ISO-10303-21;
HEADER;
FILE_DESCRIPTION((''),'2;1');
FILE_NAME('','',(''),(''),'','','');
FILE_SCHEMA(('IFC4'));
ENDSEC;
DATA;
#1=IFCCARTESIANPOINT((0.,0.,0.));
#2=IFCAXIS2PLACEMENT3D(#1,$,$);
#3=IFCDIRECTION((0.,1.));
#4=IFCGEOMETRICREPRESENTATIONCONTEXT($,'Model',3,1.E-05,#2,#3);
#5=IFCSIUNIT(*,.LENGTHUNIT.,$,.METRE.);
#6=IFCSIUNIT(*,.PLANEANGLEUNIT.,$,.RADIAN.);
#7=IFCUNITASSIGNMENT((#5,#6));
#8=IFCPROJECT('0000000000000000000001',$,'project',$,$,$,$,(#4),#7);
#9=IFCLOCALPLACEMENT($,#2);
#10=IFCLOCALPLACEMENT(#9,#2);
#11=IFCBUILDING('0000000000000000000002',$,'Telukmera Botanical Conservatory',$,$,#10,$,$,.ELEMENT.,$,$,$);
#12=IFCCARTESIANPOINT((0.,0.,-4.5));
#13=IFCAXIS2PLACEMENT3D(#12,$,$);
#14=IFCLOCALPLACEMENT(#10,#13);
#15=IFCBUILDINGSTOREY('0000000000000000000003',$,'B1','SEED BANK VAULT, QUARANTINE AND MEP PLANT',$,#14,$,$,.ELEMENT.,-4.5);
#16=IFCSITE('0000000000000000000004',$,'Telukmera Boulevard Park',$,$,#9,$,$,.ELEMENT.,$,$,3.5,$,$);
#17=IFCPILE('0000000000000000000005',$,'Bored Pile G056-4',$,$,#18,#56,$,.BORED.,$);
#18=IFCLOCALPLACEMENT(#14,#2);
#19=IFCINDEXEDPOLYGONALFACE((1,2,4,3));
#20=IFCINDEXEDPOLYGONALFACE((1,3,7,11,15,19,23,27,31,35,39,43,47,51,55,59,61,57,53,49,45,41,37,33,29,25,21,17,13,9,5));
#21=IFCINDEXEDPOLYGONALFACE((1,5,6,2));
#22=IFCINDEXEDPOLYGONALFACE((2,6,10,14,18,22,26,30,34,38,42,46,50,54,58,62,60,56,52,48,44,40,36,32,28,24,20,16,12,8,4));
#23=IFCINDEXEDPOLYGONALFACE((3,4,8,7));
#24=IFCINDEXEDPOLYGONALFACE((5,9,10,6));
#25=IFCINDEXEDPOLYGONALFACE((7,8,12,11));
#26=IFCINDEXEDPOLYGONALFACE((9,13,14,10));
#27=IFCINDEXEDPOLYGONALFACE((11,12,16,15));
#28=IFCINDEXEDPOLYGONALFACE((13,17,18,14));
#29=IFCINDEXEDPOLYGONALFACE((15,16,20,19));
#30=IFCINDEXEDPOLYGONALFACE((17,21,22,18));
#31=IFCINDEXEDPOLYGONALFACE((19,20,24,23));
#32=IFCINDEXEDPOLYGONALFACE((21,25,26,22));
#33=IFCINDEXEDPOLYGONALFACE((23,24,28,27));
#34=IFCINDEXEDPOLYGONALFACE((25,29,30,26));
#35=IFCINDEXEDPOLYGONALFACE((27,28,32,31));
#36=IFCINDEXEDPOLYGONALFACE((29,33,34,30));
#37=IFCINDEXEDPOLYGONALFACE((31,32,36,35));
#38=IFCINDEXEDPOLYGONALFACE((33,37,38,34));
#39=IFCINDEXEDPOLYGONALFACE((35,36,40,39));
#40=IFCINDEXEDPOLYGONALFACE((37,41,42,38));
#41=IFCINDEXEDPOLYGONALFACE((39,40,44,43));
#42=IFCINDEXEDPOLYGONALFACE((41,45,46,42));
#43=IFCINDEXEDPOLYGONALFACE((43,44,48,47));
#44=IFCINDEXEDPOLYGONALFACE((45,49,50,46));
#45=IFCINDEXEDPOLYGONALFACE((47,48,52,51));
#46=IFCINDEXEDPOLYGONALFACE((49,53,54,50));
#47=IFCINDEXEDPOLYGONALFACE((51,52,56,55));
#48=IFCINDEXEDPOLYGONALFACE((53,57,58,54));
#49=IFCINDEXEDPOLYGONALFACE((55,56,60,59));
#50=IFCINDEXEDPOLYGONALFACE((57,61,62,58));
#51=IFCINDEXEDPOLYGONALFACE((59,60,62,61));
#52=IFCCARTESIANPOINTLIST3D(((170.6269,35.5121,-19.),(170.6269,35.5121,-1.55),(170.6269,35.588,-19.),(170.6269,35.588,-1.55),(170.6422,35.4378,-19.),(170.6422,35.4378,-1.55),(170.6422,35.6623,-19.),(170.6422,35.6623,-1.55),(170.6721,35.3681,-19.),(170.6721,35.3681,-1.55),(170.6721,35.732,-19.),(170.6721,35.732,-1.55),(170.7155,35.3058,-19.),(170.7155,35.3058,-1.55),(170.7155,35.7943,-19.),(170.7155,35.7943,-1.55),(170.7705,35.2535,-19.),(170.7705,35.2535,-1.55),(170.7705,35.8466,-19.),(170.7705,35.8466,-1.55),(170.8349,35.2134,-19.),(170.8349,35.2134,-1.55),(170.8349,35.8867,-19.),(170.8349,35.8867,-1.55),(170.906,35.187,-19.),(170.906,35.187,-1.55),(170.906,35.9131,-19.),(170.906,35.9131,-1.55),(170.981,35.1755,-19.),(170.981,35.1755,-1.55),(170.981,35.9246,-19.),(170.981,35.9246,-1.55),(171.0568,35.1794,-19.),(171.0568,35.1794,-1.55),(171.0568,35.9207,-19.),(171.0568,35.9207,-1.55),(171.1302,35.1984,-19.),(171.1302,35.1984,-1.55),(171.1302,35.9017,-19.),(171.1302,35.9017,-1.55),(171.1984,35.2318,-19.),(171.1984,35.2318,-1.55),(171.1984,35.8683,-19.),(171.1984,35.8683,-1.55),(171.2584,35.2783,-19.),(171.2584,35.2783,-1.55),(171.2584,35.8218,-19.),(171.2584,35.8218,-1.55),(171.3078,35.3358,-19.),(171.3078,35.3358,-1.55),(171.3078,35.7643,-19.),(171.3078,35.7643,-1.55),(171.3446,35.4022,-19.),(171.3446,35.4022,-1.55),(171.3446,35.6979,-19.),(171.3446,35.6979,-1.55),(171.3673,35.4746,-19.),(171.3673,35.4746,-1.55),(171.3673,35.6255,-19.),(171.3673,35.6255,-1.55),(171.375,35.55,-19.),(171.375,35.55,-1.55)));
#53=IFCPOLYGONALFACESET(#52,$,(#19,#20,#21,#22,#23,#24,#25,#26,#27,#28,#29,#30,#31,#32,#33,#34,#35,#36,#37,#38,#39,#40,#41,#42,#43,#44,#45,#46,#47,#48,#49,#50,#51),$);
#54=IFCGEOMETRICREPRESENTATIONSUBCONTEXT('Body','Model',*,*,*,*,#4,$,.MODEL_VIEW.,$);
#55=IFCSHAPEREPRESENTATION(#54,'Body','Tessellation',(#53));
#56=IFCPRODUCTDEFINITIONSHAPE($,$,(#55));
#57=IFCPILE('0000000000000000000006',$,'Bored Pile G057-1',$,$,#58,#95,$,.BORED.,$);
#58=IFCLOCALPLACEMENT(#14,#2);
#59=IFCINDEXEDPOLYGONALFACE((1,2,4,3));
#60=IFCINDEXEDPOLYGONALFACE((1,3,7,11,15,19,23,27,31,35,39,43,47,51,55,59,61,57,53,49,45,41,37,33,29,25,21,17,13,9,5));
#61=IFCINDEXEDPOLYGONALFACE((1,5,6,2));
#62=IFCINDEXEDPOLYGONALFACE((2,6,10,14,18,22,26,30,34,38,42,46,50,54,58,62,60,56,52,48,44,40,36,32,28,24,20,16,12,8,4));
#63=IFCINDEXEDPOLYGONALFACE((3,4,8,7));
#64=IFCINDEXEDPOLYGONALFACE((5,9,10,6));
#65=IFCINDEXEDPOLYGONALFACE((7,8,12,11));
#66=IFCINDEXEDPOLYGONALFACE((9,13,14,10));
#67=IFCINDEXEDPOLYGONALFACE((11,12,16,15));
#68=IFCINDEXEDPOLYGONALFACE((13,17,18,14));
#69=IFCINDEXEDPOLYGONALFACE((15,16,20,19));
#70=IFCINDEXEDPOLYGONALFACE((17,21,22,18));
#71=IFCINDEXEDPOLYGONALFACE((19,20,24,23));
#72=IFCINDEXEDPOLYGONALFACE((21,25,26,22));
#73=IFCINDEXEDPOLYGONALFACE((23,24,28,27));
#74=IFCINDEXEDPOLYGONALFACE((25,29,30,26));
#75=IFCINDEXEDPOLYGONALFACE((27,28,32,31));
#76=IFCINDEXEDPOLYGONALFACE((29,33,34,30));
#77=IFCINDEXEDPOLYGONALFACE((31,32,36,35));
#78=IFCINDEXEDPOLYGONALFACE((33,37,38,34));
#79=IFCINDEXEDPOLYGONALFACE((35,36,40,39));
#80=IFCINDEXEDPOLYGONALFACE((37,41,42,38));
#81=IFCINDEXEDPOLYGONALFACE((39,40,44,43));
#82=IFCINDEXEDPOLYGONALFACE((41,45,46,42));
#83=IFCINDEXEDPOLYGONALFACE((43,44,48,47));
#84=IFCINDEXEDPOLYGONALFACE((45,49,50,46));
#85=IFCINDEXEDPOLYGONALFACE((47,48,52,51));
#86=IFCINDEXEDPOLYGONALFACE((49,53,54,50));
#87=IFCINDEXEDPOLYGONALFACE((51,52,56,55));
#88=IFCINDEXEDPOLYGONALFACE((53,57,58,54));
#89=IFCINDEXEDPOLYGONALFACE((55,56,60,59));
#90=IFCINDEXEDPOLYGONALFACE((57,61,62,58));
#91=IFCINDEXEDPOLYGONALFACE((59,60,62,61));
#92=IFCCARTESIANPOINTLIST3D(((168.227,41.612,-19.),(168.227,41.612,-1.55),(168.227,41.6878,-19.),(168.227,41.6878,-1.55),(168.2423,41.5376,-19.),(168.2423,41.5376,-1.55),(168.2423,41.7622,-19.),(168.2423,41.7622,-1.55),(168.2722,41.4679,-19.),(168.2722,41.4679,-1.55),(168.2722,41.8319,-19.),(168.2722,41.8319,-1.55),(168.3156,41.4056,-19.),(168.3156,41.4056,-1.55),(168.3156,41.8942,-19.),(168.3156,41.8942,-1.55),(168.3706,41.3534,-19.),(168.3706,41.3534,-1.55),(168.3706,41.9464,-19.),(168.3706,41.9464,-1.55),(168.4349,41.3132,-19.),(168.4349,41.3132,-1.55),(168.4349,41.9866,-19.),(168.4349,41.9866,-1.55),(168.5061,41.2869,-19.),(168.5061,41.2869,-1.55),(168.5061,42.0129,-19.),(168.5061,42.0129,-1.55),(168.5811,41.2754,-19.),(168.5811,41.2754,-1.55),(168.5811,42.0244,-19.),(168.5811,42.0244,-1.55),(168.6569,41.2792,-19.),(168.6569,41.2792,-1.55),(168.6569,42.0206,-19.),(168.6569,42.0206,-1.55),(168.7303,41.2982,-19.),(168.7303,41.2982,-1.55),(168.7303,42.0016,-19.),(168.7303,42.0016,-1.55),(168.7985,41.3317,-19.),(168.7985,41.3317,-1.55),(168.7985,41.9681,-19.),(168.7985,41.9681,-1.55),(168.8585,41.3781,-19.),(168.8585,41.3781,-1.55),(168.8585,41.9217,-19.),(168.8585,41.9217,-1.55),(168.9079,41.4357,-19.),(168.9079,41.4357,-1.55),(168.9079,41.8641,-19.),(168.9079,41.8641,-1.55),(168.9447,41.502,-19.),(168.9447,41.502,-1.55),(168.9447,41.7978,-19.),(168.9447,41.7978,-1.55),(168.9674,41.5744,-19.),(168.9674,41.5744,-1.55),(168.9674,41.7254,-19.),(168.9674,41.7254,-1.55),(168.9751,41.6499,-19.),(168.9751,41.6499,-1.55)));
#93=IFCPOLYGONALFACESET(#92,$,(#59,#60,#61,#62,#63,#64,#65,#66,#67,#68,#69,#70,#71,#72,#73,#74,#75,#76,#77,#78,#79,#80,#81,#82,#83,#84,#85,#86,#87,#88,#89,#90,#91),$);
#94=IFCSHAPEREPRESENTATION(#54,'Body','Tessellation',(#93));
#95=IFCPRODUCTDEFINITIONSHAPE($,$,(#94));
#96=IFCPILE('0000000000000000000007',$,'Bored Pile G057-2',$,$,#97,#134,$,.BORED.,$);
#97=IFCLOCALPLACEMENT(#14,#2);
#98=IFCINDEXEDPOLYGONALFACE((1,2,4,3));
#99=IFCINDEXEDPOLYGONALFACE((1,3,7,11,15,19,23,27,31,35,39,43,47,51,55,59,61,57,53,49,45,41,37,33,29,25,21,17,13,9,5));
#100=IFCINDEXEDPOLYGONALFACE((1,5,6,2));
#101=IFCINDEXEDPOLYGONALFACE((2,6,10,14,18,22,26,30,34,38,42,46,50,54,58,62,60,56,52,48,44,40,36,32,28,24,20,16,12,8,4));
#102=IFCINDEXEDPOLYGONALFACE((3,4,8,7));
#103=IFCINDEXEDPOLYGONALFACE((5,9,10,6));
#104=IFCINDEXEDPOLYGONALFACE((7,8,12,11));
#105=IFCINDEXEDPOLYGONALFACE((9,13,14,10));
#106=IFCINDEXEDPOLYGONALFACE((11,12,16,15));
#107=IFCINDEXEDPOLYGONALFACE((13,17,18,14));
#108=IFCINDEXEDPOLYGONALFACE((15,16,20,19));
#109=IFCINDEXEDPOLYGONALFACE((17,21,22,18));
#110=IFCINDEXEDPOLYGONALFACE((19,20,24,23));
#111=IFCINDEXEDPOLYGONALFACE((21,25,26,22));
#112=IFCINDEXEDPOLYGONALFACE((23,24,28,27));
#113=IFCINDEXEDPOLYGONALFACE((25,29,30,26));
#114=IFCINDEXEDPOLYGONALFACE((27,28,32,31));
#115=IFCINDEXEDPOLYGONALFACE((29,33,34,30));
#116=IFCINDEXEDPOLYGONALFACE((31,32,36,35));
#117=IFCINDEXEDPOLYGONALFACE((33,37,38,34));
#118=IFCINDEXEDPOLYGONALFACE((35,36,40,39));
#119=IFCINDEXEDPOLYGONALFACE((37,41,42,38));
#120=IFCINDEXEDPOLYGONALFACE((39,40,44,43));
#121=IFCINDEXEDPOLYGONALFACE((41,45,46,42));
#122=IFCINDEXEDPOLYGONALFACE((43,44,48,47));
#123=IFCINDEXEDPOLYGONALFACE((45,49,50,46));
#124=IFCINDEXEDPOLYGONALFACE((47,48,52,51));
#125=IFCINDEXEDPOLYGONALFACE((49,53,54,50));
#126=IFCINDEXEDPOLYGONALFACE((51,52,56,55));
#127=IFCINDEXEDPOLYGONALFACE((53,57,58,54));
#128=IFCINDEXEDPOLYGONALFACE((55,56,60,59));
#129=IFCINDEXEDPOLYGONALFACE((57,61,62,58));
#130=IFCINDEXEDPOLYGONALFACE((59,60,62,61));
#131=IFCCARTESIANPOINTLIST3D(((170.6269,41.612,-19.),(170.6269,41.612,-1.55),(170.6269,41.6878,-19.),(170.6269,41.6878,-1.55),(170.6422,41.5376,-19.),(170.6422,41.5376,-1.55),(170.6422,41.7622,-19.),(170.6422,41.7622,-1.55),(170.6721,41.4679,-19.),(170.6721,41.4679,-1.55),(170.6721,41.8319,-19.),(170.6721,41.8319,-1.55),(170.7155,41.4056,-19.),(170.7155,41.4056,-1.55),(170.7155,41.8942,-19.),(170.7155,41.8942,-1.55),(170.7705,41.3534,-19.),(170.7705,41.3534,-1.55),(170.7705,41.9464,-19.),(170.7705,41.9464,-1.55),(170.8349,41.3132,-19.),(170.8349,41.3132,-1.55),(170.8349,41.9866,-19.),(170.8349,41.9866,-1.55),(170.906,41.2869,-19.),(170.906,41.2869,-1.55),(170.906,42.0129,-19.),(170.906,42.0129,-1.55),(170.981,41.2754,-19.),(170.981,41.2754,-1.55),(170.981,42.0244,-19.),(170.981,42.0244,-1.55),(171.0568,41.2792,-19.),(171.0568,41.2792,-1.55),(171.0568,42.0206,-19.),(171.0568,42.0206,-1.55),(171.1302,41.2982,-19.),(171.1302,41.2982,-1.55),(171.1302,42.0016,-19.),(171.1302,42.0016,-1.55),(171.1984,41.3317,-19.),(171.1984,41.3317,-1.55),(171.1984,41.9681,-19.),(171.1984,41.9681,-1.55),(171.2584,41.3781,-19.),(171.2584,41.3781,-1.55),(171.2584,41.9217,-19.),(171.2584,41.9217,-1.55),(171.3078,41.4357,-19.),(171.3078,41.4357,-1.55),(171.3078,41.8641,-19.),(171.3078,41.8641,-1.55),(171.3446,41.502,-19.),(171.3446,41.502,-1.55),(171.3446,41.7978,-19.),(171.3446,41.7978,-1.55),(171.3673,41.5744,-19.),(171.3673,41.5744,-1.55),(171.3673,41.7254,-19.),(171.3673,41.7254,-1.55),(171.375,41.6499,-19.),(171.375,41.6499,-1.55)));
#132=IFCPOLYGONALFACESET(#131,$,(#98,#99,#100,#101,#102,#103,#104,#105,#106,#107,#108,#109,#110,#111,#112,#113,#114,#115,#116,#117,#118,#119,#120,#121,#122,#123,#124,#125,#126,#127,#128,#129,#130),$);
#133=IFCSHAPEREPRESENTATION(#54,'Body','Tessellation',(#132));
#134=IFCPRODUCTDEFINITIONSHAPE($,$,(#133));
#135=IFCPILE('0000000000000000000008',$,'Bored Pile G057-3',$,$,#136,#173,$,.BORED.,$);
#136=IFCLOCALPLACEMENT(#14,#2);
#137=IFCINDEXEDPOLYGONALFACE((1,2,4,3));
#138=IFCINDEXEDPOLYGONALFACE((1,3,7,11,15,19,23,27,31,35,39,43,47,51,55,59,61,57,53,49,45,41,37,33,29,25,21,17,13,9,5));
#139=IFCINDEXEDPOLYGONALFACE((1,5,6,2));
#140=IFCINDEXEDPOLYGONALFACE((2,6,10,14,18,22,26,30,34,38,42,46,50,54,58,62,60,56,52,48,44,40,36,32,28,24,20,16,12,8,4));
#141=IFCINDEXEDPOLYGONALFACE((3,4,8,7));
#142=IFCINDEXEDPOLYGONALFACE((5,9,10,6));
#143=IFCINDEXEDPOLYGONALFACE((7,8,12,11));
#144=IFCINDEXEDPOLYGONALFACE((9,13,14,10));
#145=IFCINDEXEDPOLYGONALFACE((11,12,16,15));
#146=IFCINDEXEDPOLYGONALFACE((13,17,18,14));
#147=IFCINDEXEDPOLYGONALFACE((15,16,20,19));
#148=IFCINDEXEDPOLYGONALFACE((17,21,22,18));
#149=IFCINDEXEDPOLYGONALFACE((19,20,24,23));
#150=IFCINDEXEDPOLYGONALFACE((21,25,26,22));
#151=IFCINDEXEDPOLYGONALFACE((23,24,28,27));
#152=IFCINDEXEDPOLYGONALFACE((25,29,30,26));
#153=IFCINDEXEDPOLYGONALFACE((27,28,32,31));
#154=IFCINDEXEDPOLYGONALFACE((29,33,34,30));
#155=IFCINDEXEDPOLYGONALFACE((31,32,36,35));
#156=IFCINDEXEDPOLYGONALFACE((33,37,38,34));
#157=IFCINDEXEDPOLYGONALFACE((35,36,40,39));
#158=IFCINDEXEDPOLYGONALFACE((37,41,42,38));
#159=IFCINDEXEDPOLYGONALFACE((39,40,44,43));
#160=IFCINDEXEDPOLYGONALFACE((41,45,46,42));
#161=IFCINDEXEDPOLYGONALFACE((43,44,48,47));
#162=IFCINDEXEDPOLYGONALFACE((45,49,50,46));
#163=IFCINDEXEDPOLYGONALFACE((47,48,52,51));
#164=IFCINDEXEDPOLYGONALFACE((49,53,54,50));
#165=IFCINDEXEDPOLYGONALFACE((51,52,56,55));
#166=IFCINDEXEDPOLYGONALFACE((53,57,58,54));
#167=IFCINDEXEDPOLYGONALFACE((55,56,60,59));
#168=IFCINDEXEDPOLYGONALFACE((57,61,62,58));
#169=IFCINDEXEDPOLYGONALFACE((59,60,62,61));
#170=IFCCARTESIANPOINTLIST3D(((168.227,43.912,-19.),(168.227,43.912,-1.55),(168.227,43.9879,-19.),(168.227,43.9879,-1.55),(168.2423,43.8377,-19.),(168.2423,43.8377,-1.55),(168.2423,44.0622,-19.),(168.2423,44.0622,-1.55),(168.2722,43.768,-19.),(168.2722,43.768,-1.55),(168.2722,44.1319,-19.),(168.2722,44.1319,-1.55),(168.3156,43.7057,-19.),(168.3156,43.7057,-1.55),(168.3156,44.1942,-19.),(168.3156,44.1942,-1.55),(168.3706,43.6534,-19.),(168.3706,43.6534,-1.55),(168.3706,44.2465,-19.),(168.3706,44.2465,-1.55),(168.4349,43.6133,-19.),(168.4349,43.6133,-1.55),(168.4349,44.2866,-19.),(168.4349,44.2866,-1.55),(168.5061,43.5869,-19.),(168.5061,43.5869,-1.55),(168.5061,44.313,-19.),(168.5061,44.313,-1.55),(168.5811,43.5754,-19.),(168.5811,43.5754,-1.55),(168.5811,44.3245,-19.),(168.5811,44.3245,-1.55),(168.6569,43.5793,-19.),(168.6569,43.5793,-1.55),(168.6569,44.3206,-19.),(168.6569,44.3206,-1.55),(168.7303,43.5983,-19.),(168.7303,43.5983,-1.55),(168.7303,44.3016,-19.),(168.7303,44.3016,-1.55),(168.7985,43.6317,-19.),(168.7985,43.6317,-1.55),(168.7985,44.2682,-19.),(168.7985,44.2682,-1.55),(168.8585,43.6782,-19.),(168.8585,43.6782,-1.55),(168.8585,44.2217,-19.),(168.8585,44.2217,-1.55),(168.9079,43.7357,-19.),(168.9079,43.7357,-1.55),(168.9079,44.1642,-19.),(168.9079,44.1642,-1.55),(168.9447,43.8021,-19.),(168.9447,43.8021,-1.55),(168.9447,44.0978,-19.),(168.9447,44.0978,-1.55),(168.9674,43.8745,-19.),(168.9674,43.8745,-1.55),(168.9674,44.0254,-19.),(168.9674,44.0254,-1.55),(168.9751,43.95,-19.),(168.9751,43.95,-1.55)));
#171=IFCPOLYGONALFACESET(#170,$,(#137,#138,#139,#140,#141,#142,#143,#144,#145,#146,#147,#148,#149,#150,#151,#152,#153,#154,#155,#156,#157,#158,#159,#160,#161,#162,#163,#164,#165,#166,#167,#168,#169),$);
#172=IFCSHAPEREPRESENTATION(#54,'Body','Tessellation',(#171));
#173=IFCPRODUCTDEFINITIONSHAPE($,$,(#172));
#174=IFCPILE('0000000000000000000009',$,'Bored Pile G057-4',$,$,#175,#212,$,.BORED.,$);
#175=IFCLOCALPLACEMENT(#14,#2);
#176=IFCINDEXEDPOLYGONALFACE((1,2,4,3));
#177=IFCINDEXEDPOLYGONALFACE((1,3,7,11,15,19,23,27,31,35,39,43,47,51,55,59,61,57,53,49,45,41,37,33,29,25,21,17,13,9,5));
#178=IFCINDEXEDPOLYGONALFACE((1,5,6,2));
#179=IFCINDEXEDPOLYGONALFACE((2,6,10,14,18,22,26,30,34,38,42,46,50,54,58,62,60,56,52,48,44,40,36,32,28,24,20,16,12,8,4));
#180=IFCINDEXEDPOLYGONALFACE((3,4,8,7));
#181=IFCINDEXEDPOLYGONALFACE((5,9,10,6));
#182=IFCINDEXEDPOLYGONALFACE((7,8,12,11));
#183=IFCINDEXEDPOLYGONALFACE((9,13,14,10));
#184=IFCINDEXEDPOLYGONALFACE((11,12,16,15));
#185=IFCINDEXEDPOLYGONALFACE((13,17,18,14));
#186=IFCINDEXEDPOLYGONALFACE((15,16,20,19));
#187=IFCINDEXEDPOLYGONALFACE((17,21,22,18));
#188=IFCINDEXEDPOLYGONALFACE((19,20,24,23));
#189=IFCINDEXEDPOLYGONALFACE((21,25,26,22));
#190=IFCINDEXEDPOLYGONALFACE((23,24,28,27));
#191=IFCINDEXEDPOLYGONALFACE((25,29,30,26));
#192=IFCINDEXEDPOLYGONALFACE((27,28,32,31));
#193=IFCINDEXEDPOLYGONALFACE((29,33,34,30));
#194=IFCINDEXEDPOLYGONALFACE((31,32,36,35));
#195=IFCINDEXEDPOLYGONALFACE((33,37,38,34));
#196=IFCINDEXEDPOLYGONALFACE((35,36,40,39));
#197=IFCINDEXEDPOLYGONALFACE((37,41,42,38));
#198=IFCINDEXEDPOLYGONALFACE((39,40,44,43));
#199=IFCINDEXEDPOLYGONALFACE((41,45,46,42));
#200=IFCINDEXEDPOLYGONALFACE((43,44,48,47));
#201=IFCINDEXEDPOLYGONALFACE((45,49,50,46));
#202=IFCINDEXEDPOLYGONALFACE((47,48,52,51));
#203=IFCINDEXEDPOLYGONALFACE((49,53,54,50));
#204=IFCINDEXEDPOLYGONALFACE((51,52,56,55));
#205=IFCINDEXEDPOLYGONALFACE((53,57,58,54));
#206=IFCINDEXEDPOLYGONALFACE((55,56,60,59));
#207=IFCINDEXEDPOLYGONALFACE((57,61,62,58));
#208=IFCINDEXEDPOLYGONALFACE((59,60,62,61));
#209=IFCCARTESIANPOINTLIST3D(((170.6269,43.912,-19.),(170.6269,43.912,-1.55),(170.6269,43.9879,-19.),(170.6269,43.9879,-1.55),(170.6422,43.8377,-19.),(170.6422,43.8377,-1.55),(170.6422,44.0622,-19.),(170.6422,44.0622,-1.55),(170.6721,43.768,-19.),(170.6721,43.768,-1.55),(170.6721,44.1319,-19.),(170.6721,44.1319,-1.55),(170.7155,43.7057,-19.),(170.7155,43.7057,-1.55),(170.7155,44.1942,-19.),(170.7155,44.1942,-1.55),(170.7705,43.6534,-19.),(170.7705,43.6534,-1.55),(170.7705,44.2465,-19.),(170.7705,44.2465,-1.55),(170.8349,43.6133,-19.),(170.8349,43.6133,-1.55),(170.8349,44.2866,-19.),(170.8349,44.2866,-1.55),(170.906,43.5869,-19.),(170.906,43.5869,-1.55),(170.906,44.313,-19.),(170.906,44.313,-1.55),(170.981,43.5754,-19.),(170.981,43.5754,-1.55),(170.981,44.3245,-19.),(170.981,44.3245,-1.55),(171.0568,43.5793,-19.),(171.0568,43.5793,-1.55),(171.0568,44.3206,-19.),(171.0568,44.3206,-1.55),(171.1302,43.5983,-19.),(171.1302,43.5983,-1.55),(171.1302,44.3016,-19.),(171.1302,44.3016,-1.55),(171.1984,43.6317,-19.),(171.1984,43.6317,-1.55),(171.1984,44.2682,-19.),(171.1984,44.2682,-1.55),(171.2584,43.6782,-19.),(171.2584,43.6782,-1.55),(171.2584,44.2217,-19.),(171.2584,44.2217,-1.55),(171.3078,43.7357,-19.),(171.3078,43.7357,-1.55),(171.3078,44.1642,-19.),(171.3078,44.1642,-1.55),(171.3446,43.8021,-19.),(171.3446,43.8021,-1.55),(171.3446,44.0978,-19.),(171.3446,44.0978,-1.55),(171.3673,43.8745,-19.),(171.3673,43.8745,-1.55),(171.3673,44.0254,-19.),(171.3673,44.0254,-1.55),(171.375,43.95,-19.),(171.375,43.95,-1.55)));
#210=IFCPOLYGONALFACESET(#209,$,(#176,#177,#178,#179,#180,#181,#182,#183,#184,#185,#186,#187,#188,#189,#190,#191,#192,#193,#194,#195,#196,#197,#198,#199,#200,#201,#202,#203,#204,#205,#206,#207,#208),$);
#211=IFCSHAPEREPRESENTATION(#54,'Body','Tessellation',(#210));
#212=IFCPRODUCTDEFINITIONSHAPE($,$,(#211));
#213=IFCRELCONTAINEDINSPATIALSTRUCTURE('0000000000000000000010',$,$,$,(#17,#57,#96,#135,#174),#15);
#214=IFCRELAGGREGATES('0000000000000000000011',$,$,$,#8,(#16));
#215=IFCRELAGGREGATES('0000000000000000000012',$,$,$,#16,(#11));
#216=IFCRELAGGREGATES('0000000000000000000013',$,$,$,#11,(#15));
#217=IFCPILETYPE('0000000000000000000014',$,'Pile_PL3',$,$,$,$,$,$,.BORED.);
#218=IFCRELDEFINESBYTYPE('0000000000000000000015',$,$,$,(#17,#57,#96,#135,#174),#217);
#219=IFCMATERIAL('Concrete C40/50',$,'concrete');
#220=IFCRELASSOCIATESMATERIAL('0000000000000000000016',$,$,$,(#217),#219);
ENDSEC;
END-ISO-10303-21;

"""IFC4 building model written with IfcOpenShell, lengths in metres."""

from ifc_helpers import new_model, si_unit, direction, frame, origin, origin_2d, place, context, subcontext, project, spatial, circle, extrude, material, material_profile, profile_set, type_object, element, save


model = new_model("IFC4")

# Units and contexts
model_context = context("Model", 3, precision=1e-05, world=origin(), true_north=direction((0.0, 1.0)))
body_context = subcontext(model_context, "Body", "Model", "MODEL_VIEW")
ifc_project = project(units=[si_unit("LENGTHUNIT", "METRE"), si_unit("PLANEANGLEUNIT", "RADIAN")], contexts=[model_context])

# Site, building, storey
site_placement = place(None, origin())
site = spatial("IfcSite", under=ifc_project, at=site_placement, Name="Telukmera Boulevard Park", CompositionType="ELEMENT", RefElevation=3.5)
building_placement = place(site_placement, origin())
building = spatial("IfcBuilding", under=site, at=building_placement, Name="Telukmera Botanical Conservatory", CompositionType="ELEMENT")
storey_placement = place(building_placement, frame((0.0, 0.0, -4.5)))
storey = spatial("IfcBuildingStorey", under=building, at=storey_placement, Name="B1", Description="SEED BANK VAULT, QUARANTINE AND MEP PLANT", CompositionType="ELEMENT", Elevation=-4.5)

# Shared definitions
ifc_material_1 = material(Name="Concrete C40/50", Category="concrete")

# Piles
ifc_material_profile_1 = material_profile(ifc_material_1, circle(Radius=0.375, at=origin_2d()), Name="PILE D750")
ifc_profile_set_1 = profile_set([ifc_material_profile_1], Name="Concrete C40/50")
pile_type = type_object("IfcPileType", Name="Pile_PL3", PredefinedType="BORED", material=ifc_profile_set_1)
for number, where, z_axis, x_axis, name in (
    (1, (171.0, 35.55, -1.55), (0.0, 0.0, -1.0), (1.0, 0.0, 0.0), "Bored Pile G056-4"),
    (2, (168.6001, 41.6499, -1.55), (0.0, 0.0, -1.0), (1.0, 0.0, 0.0), "Bored Pile G057-1"),
    (3, (171.0, 41.6499, -1.55), (0.0, 0.0, -1.0), (1.0, 0.0, 0.0), "Bored Pile G057-2"),
    (4, (168.6001, 43.95, -1.55), (0.0, 0.0, -1.0), (1.0, 0.0, 0.0), "Bored Pile G057-3"),
    (5, (171.0, 43.95, -1.55), (0.0, 0.0, -1.0), (1.0, 0.0, 0.0), "Bored Pile G057-4"),
):
    element("IfcPile", number, at=place(storey_placement, frame(where, z_axis=z_axis, x_axis=x_axis)), inside=storey, type_object=pile_type, Name=name, PredefinedType="BORED", context=body_context, shape_type="SweptSolid", body=[
        extrude(circle(Radius=0.375, at=origin_2d()), origin(), (0.0, 0.0, 1.0), 17.45),
    ])

save(model, "model.ifc")
